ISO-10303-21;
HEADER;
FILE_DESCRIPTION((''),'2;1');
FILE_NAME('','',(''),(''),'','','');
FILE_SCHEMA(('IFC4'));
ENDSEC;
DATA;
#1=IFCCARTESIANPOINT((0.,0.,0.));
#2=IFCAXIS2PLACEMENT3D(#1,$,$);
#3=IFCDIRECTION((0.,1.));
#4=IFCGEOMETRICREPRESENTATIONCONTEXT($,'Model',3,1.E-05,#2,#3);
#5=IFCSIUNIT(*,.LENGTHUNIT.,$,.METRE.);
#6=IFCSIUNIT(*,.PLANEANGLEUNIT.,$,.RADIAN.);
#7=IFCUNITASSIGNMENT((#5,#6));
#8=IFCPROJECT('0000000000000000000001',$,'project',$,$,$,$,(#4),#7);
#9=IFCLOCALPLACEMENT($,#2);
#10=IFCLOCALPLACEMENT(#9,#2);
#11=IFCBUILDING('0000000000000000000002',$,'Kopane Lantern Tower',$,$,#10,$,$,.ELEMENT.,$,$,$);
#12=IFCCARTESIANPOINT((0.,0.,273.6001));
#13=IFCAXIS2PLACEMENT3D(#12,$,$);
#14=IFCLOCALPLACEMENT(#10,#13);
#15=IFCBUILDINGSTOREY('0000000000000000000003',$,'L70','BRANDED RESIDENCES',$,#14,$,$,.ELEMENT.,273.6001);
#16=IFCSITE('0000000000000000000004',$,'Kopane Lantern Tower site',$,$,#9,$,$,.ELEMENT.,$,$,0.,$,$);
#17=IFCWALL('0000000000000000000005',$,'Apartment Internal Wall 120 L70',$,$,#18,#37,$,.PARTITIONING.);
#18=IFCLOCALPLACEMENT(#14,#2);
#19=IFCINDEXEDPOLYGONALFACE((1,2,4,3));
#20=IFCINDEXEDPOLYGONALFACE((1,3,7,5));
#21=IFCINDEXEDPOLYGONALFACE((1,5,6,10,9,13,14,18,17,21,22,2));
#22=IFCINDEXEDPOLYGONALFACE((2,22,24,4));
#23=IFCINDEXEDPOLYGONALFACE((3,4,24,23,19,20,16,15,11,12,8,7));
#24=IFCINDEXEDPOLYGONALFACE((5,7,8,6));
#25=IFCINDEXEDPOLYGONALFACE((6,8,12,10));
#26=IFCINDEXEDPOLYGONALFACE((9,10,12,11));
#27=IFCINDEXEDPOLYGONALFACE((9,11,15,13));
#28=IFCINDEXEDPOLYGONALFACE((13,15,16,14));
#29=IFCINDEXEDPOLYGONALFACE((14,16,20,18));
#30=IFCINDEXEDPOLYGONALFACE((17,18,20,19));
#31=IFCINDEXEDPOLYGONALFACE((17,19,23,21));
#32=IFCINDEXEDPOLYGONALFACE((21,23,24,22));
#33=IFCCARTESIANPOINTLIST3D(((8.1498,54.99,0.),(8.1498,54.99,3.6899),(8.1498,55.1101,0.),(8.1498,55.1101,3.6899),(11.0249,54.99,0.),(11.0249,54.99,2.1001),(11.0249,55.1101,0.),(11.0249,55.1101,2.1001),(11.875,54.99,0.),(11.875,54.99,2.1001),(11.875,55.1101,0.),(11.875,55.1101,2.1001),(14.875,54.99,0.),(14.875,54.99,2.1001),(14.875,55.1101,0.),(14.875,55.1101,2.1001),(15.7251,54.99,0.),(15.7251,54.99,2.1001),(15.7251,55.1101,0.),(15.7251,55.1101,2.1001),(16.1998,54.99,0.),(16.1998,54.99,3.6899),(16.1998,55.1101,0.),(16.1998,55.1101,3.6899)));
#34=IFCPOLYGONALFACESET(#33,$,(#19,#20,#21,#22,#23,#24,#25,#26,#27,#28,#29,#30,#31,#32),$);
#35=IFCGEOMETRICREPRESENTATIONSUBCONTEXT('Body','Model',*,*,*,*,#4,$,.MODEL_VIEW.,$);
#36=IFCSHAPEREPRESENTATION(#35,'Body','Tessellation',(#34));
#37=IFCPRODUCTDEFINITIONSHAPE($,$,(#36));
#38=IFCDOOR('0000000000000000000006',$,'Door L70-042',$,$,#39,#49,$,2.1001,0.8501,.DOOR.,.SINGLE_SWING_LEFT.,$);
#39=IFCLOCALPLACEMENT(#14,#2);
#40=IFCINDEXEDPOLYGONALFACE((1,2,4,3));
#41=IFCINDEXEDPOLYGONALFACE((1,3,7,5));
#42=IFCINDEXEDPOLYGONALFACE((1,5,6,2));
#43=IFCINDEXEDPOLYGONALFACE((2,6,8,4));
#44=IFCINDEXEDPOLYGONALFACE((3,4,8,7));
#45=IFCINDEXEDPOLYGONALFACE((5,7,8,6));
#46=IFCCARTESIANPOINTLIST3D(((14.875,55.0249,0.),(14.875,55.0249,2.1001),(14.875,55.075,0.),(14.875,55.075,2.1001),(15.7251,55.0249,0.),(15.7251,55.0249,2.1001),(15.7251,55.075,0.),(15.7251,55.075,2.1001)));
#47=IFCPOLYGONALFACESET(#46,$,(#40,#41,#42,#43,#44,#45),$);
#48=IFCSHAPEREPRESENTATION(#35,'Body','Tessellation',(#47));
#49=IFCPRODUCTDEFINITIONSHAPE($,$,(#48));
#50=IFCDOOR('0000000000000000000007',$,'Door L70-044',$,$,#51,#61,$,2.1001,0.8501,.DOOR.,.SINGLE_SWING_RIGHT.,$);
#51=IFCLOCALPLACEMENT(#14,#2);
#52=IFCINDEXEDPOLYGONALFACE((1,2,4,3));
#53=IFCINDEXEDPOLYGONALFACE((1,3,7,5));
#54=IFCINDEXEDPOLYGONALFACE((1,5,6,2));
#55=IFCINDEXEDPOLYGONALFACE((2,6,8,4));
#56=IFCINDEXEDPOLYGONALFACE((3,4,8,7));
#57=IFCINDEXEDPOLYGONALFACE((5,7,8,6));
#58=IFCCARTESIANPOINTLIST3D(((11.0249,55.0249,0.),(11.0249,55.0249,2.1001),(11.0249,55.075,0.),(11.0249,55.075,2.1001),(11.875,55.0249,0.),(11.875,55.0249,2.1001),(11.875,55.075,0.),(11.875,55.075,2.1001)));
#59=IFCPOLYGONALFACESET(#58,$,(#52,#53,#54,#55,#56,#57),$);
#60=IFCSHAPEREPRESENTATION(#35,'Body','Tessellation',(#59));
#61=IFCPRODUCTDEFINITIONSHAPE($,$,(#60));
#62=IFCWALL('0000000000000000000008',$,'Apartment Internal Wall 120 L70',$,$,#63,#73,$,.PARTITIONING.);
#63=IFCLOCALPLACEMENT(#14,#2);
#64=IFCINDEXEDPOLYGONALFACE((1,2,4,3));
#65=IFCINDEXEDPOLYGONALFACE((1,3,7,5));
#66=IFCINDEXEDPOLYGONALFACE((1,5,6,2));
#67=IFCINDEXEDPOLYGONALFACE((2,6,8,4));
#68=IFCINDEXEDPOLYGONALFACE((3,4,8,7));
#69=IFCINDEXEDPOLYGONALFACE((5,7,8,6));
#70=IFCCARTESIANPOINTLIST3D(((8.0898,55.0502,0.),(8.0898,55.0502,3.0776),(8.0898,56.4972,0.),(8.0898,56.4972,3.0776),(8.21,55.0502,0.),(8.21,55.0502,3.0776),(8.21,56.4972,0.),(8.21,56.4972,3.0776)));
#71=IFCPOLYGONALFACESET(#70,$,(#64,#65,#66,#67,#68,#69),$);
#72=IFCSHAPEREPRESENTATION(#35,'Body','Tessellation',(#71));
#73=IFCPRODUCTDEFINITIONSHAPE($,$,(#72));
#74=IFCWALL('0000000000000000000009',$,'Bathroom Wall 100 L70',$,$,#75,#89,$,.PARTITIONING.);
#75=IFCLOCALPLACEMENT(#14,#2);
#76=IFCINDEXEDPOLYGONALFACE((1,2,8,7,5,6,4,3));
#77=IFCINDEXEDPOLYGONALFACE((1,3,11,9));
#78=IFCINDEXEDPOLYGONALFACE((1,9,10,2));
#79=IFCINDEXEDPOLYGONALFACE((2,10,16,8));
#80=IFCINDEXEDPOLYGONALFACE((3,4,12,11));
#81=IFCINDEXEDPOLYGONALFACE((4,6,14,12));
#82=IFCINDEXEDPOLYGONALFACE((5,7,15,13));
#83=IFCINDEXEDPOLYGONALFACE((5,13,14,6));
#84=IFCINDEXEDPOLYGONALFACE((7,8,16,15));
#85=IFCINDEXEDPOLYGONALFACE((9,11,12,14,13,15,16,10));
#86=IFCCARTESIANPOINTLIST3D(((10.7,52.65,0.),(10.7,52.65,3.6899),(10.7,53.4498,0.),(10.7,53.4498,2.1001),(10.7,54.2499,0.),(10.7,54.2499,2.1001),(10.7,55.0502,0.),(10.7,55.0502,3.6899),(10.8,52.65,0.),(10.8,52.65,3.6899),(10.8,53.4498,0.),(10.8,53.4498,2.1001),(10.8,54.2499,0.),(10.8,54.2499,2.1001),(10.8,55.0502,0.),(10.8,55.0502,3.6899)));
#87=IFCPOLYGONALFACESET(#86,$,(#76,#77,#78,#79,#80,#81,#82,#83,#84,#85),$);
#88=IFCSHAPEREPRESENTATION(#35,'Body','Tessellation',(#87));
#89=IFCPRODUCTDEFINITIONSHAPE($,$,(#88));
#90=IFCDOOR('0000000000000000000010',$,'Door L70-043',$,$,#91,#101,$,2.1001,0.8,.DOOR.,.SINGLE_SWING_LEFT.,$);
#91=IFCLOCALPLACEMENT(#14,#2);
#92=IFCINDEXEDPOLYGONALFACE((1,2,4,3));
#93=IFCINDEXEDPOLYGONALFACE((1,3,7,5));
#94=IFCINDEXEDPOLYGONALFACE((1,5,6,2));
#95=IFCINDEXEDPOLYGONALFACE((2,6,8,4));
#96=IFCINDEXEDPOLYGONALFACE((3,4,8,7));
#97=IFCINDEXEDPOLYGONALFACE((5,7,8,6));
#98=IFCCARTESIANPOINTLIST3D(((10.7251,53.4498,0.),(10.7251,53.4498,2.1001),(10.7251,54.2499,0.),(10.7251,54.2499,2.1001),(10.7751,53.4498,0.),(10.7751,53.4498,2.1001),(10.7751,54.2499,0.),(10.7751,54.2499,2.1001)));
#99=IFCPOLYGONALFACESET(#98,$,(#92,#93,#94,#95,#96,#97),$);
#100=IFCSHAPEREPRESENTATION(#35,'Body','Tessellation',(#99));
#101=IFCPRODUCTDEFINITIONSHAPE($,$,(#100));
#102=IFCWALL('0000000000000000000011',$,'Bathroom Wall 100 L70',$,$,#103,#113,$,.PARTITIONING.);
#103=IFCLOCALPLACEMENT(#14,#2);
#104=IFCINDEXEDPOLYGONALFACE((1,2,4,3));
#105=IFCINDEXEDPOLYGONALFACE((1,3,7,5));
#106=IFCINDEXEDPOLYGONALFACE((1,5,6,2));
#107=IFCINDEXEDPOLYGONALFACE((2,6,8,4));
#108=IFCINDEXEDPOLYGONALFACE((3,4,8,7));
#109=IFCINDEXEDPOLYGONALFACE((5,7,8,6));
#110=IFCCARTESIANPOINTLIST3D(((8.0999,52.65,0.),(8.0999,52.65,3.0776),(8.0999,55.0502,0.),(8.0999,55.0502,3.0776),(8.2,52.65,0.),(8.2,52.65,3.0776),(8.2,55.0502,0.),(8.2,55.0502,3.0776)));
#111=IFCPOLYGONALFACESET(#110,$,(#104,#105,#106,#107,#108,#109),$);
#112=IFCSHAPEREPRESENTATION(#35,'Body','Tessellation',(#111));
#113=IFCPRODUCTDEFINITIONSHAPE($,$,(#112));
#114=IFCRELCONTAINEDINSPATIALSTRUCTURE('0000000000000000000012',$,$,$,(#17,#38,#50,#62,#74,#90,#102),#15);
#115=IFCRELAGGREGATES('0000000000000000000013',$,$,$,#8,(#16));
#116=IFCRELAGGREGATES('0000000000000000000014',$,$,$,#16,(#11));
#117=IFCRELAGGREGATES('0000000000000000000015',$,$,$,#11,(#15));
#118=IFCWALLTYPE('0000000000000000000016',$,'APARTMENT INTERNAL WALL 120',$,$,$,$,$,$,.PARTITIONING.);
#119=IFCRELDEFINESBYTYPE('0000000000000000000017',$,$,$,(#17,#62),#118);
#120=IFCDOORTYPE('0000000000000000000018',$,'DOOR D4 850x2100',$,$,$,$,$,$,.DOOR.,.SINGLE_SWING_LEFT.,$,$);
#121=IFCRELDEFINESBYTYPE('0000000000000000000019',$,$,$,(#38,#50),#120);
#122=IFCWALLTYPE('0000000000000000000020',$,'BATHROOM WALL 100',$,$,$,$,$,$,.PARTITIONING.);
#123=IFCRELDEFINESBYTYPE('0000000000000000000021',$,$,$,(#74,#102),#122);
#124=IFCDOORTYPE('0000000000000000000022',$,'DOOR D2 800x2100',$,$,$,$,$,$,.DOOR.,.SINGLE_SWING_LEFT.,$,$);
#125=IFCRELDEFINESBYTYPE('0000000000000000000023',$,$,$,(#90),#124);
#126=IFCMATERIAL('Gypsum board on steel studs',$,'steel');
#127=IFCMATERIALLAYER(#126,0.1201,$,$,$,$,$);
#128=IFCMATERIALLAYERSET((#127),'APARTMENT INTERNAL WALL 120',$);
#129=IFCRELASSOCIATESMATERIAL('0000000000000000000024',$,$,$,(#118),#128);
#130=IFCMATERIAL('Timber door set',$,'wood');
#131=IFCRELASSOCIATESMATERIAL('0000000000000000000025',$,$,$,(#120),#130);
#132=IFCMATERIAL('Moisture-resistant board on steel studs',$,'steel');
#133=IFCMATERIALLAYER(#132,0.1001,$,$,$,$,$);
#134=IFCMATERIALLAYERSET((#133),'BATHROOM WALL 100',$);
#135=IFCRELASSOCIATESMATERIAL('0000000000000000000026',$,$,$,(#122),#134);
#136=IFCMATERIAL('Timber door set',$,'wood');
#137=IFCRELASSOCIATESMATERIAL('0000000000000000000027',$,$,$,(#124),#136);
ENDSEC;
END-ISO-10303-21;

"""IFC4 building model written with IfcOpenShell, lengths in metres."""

from ifc_helpers import new_model, si_unit, direction, frame, frame_2d, origin, place, context, subcontext, project, spatial, rectangle, extrude, material, layer, layer_set, type_object, element, fill, save


model = new_model("IFC4")

# Units and contexts
model_context = context("Model", 3, precision=1e-05, world=origin(), true_north=direction((0.0, 1.0)))
body_context = subcontext(model_context, "Body", "Model", "MODEL_VIEW")
ifc_project = project(units=[si_unit("LENGTHUNIT", "METRE"), si_unit("PLANEANGLEUNIT", "RADIAN")], contexts=[model_context])

# Site, building, storey
site_placement = place(None, origin())
site = spatial("IfcSite", under=ifc_project, at=site_placement, Name="Kopane Lantern Tower site", CompositionType="ELEMENT", RefElevation=0.0)
building_placement = place(site_placement, origin())
building = spatial("IfcBuilding", under=site, at=building_placement, Name="Kopane Lantern Tower", CompositionType="ELEMENT")
storey_placement = place(building_placement, frame((0.0, 0.0, 273.6001)))
storey = spatial("IfcBuildingStorey", under=building, at=storey_placement, Name="L70", Description="BRANDED RESIDENCES", CompositionType="ELEMENT", Elevation=273.6001)

# Wall, openings, doors
ifc_material_1 = material(Name="Gypsum board on steel studs", Category="steel")
ifc_layer_1 = layer(ifc_material_1, 0.1201)
ifc_layer_set_1 = layer_set([ifc_layer_1], Name="APARTMENT INTERNAL WALL 120")
wall_type_1 = type_object("IfcWallType", Name="APARTMENT INTERNAL WALL 120", PredefinedType="PARTITIONING", material=ifc_layer_set_1)
wall_1_placement = place(storey_placement, frame((8.1499, 55.05, 0.0), z_axis=(0.0, 0.0, 1.0), x_axis=(1.0, 0.0, 0.0)))
wall_1 = element("IfcWall", 1, at=wall_1_placement, inside=storey, type_object=wall_type_1, Name="Apartment Internal Wall 120 L70", PredefinedType="PARTITIONING", context=body_context, shape_type="SweptSolid", body=[
    extrude(rectangle(XDim=8.05, YDim=0.1201, at=frame_2d((4.0249, 0.0))), origin(), (0.0, 0.0, 1.0), 3.6899),
])
opening_1_placement = place(wall_1_placement, frame((6.7251, 0.0, 0.0)))
opening_1 = element("IfcOpeningElement", 2, at=opening_1_placement, cuts=wall_1, PredefinedType="OPENING", context=body_context, shape_type="SweptSolid", body=[
    extrude(rectangle(XDim=0.8501, YDim=2.1001, at=frame_2d((0.425, 1.05))), frame((0.0, 0.0701, 0.0), z_axis=(0.0, -1.0, 0.0), x_axis=(1.0, 0.0, 0.0)), (0.0, 0.0, 1.0), 0.1401),
])
opening_2_placement = place(wall_1_placement, frame((2.875, 0.0, 0.0)))
opening_2 = element("IfcOpeningElement", 3, at=opening_2_placement, cuts=wall_1, PredefinedType="OPENING", context=body_context, shape_type="SweptSolid", body=[
    extrude(rectangle(XDim=0.8501, YDim=2.1001, at=frame_2d((0.425, 1.05))), frame((0.0, 0.0701, 0.0), z_axis=(0.0, -1.0, 0.0), x_axis=(1.0, 0.0, 0.0)), (0.0, 0.0, 1.0), 0.1401),
])
ifc_material_2 = material(Name="Timber door set", Category="wood")
door_type_1 = type_object("IfcDoorType", Name="DOOR D4 850x2100", OperationType="SINGLE_SWING_LEFT", PredefinedType="DOOR", material=ifc_material_2)
door_1_placement = place(opening_1_placement, origin())
door_1 = element("IfcDoor", 4, at=door_1_placement, inside=storey, type_object=door_type_1, Name="Door L70-042", OperationType="SINGLE_SWING_LEFT", OverallHeight=2.1001, OverallWidth=0.8501, PredefinedType="DOOR", context=body_context, shape_type="SweptSolid", body=[
    extrude(rectangle(XDim=0.8501, YDim=2.1001, at=frame_2d((0.425, 1.05))), frame((0.0, 0.0249, 0.0), z_axis=(0.0, -1.0, 0.0), x_axis=(1.0, 0.0, 0.0)), (0.0, 0.0, 1.0), 0.05),
])
fill(opening_1, door_1)
door_2_placement = place(opening_2_placement, origin())
door_2 = element("IfcDoor", 5, at=door_2_placement, inside=storey, type_object=door_type_1, Name="Door L70-044", OperationType="SINGLE_SWING_RIGHT", OverallHeight=2.1001, OverallWidth=0.8501, PredefinedType="DOOR", context=body_context, shape_type="SweptSolid", body=[
    extrude(rectangle(XDim=0.8501, YDim=2.1001, at=frame_2d((0.425, 1.05))), frame((0.0, 0.0249, 0.0), z_axis=(0.0, -1.0, 0.0), x_axis=(1.0, 0.0, 0.0)), (0.0, 0.0, 1.0), 0.05),
])
fill(opening_2, door_2)

# Wall
wall_2_placement = place(storey_placement, frame((8.1499, 55.05, 0.0), z_axis=(0.0, 0.0, 1.0), x_axis=(0.0, 1.0, 0.0)))
element("IfcWall", 6, at=wall_2_placement, inside=storey, type_object=wall_type_1, Name="Apartment Internal Wall 120 L70", PredefinedType="PARTITIONING", context=body_context, shape_type="SweptSolid", body=[
    extrude(rectangle(XDim=1.447, YDim=0.1201, at=frame_2d((0.7236, 0.0))), origin(), (0.0, 0.0, 1.0), 3.0776),
])

# Wall, opening, door
ifc_material_3 = material(Name="Moisture-resistant board on steel studs", Category="steel")
ifc_layer_2 = layer(ifc_material_3, 0.1001)
ifc_layer_set_2 = layer_set([ifc_layer_2], Name="BATHROOM WALL 100")
wall_type_2 = type_object("IfcWallType", Name="BATHROOM WALL 100", PredefinedType="PARTITIONING", material=ifc_layer_set_2)
wall_3_placement = place(storey_placement, frame((10.75, 52.6499, 0.0), z_axis=(0.0, 0.0, 1.0), x_axis=(0.0, 1.0, 0.0)))
wall_3 = element("IfcWall", 7, at=wall_3_placement, inside=storey, type_object=wall_type_2, Name="Bathroom Wall 100 L70", PredefinedType="PARTITIONING", context=body_context, shape_type="SweptSolid", body=[
    extrude(rectangle(XDim=2.4001, YDim=0.1001, at=frame_2d((1.2002, 0.0))), origin(), (0.0, 0.0, 1.0), 3.6899),
])
opening_3_placement = place(wall_3_placement, frame((0.8, 0.0, 0.0)))
opening_3 = element("IfcOpeningElement", 8, at=opening_3_placement, cuts=wall_3, PredefinedType="OPENING", context=body_context, shape_type="SweptSolid", body=[
    extrude(rectangle(XDim=0.8, YDim=2.1001, at=frame_2d((0.3999, 1.05))), frame((0.0, 0.0601, 0.0), z_axis=(0.0, -1.0, 0.0), x_axis=(1.0, 0.0, 0.0)), (0.0, 0.0, 1.0), 0.1201),
])
ifc_material_4 = material(Name="Timber door set", Category="wood")
door_type_2 = type_object("IfcDoorType", Name="DOOR D2 800x2100", OperationType="SINGLE_SWING_LEFT", PredefinedType="DOOR", material=ifc_material_4)
door_3_placement = place(opening_3_placement, origin())
door_3 = element("IfcDoor", 9, at=door_3_placement, inside=storey, type_object=door_type_2, Name="Door L70-043", OperationType="SINGLE_SWING_LEFT", OverallHeight=2.1001, OverallWidth=0.8, PredefinedType="DOOR", context=body_context, shape_type="SweptSolid", body=[
    extrude(rectangle(XDim=0.8, YDim=2.1001, at=frame_2d((0.3999, 1.05))), frame((0.0, 0.0249, 0.0), z_axis=(0.0, -1.0, 0.0), x_axis=(1.0, 0.0, 0.0)), (0.0, 0.0, 1.0), 0.05),
])
fill(opening_3, door_3)

# Wall
wall_4_placement = place(storey_placement, frame((8.1499, 52.6499, 0.0), z_axis=(0.0, 0.0, 1.0), x_axis=(0.0, 1.0, 0.0)))
element("IfcWall", 10, at=wall_4_placement, inside=storey, type_object=wall_type_2, Name="Bathroom Wall 100 L70", PredefinedType="PARTITIONING", context=body_context, shape_type="SweptSolid", body=[
    extrude(rectangle(XDim=2.4001, YDim=0.1001, at=frame_2d((1.2002, 0.0))), origin(), (0.0, 0.0, 1.0), 3.0776),
])

save(model, "model.ifc")
